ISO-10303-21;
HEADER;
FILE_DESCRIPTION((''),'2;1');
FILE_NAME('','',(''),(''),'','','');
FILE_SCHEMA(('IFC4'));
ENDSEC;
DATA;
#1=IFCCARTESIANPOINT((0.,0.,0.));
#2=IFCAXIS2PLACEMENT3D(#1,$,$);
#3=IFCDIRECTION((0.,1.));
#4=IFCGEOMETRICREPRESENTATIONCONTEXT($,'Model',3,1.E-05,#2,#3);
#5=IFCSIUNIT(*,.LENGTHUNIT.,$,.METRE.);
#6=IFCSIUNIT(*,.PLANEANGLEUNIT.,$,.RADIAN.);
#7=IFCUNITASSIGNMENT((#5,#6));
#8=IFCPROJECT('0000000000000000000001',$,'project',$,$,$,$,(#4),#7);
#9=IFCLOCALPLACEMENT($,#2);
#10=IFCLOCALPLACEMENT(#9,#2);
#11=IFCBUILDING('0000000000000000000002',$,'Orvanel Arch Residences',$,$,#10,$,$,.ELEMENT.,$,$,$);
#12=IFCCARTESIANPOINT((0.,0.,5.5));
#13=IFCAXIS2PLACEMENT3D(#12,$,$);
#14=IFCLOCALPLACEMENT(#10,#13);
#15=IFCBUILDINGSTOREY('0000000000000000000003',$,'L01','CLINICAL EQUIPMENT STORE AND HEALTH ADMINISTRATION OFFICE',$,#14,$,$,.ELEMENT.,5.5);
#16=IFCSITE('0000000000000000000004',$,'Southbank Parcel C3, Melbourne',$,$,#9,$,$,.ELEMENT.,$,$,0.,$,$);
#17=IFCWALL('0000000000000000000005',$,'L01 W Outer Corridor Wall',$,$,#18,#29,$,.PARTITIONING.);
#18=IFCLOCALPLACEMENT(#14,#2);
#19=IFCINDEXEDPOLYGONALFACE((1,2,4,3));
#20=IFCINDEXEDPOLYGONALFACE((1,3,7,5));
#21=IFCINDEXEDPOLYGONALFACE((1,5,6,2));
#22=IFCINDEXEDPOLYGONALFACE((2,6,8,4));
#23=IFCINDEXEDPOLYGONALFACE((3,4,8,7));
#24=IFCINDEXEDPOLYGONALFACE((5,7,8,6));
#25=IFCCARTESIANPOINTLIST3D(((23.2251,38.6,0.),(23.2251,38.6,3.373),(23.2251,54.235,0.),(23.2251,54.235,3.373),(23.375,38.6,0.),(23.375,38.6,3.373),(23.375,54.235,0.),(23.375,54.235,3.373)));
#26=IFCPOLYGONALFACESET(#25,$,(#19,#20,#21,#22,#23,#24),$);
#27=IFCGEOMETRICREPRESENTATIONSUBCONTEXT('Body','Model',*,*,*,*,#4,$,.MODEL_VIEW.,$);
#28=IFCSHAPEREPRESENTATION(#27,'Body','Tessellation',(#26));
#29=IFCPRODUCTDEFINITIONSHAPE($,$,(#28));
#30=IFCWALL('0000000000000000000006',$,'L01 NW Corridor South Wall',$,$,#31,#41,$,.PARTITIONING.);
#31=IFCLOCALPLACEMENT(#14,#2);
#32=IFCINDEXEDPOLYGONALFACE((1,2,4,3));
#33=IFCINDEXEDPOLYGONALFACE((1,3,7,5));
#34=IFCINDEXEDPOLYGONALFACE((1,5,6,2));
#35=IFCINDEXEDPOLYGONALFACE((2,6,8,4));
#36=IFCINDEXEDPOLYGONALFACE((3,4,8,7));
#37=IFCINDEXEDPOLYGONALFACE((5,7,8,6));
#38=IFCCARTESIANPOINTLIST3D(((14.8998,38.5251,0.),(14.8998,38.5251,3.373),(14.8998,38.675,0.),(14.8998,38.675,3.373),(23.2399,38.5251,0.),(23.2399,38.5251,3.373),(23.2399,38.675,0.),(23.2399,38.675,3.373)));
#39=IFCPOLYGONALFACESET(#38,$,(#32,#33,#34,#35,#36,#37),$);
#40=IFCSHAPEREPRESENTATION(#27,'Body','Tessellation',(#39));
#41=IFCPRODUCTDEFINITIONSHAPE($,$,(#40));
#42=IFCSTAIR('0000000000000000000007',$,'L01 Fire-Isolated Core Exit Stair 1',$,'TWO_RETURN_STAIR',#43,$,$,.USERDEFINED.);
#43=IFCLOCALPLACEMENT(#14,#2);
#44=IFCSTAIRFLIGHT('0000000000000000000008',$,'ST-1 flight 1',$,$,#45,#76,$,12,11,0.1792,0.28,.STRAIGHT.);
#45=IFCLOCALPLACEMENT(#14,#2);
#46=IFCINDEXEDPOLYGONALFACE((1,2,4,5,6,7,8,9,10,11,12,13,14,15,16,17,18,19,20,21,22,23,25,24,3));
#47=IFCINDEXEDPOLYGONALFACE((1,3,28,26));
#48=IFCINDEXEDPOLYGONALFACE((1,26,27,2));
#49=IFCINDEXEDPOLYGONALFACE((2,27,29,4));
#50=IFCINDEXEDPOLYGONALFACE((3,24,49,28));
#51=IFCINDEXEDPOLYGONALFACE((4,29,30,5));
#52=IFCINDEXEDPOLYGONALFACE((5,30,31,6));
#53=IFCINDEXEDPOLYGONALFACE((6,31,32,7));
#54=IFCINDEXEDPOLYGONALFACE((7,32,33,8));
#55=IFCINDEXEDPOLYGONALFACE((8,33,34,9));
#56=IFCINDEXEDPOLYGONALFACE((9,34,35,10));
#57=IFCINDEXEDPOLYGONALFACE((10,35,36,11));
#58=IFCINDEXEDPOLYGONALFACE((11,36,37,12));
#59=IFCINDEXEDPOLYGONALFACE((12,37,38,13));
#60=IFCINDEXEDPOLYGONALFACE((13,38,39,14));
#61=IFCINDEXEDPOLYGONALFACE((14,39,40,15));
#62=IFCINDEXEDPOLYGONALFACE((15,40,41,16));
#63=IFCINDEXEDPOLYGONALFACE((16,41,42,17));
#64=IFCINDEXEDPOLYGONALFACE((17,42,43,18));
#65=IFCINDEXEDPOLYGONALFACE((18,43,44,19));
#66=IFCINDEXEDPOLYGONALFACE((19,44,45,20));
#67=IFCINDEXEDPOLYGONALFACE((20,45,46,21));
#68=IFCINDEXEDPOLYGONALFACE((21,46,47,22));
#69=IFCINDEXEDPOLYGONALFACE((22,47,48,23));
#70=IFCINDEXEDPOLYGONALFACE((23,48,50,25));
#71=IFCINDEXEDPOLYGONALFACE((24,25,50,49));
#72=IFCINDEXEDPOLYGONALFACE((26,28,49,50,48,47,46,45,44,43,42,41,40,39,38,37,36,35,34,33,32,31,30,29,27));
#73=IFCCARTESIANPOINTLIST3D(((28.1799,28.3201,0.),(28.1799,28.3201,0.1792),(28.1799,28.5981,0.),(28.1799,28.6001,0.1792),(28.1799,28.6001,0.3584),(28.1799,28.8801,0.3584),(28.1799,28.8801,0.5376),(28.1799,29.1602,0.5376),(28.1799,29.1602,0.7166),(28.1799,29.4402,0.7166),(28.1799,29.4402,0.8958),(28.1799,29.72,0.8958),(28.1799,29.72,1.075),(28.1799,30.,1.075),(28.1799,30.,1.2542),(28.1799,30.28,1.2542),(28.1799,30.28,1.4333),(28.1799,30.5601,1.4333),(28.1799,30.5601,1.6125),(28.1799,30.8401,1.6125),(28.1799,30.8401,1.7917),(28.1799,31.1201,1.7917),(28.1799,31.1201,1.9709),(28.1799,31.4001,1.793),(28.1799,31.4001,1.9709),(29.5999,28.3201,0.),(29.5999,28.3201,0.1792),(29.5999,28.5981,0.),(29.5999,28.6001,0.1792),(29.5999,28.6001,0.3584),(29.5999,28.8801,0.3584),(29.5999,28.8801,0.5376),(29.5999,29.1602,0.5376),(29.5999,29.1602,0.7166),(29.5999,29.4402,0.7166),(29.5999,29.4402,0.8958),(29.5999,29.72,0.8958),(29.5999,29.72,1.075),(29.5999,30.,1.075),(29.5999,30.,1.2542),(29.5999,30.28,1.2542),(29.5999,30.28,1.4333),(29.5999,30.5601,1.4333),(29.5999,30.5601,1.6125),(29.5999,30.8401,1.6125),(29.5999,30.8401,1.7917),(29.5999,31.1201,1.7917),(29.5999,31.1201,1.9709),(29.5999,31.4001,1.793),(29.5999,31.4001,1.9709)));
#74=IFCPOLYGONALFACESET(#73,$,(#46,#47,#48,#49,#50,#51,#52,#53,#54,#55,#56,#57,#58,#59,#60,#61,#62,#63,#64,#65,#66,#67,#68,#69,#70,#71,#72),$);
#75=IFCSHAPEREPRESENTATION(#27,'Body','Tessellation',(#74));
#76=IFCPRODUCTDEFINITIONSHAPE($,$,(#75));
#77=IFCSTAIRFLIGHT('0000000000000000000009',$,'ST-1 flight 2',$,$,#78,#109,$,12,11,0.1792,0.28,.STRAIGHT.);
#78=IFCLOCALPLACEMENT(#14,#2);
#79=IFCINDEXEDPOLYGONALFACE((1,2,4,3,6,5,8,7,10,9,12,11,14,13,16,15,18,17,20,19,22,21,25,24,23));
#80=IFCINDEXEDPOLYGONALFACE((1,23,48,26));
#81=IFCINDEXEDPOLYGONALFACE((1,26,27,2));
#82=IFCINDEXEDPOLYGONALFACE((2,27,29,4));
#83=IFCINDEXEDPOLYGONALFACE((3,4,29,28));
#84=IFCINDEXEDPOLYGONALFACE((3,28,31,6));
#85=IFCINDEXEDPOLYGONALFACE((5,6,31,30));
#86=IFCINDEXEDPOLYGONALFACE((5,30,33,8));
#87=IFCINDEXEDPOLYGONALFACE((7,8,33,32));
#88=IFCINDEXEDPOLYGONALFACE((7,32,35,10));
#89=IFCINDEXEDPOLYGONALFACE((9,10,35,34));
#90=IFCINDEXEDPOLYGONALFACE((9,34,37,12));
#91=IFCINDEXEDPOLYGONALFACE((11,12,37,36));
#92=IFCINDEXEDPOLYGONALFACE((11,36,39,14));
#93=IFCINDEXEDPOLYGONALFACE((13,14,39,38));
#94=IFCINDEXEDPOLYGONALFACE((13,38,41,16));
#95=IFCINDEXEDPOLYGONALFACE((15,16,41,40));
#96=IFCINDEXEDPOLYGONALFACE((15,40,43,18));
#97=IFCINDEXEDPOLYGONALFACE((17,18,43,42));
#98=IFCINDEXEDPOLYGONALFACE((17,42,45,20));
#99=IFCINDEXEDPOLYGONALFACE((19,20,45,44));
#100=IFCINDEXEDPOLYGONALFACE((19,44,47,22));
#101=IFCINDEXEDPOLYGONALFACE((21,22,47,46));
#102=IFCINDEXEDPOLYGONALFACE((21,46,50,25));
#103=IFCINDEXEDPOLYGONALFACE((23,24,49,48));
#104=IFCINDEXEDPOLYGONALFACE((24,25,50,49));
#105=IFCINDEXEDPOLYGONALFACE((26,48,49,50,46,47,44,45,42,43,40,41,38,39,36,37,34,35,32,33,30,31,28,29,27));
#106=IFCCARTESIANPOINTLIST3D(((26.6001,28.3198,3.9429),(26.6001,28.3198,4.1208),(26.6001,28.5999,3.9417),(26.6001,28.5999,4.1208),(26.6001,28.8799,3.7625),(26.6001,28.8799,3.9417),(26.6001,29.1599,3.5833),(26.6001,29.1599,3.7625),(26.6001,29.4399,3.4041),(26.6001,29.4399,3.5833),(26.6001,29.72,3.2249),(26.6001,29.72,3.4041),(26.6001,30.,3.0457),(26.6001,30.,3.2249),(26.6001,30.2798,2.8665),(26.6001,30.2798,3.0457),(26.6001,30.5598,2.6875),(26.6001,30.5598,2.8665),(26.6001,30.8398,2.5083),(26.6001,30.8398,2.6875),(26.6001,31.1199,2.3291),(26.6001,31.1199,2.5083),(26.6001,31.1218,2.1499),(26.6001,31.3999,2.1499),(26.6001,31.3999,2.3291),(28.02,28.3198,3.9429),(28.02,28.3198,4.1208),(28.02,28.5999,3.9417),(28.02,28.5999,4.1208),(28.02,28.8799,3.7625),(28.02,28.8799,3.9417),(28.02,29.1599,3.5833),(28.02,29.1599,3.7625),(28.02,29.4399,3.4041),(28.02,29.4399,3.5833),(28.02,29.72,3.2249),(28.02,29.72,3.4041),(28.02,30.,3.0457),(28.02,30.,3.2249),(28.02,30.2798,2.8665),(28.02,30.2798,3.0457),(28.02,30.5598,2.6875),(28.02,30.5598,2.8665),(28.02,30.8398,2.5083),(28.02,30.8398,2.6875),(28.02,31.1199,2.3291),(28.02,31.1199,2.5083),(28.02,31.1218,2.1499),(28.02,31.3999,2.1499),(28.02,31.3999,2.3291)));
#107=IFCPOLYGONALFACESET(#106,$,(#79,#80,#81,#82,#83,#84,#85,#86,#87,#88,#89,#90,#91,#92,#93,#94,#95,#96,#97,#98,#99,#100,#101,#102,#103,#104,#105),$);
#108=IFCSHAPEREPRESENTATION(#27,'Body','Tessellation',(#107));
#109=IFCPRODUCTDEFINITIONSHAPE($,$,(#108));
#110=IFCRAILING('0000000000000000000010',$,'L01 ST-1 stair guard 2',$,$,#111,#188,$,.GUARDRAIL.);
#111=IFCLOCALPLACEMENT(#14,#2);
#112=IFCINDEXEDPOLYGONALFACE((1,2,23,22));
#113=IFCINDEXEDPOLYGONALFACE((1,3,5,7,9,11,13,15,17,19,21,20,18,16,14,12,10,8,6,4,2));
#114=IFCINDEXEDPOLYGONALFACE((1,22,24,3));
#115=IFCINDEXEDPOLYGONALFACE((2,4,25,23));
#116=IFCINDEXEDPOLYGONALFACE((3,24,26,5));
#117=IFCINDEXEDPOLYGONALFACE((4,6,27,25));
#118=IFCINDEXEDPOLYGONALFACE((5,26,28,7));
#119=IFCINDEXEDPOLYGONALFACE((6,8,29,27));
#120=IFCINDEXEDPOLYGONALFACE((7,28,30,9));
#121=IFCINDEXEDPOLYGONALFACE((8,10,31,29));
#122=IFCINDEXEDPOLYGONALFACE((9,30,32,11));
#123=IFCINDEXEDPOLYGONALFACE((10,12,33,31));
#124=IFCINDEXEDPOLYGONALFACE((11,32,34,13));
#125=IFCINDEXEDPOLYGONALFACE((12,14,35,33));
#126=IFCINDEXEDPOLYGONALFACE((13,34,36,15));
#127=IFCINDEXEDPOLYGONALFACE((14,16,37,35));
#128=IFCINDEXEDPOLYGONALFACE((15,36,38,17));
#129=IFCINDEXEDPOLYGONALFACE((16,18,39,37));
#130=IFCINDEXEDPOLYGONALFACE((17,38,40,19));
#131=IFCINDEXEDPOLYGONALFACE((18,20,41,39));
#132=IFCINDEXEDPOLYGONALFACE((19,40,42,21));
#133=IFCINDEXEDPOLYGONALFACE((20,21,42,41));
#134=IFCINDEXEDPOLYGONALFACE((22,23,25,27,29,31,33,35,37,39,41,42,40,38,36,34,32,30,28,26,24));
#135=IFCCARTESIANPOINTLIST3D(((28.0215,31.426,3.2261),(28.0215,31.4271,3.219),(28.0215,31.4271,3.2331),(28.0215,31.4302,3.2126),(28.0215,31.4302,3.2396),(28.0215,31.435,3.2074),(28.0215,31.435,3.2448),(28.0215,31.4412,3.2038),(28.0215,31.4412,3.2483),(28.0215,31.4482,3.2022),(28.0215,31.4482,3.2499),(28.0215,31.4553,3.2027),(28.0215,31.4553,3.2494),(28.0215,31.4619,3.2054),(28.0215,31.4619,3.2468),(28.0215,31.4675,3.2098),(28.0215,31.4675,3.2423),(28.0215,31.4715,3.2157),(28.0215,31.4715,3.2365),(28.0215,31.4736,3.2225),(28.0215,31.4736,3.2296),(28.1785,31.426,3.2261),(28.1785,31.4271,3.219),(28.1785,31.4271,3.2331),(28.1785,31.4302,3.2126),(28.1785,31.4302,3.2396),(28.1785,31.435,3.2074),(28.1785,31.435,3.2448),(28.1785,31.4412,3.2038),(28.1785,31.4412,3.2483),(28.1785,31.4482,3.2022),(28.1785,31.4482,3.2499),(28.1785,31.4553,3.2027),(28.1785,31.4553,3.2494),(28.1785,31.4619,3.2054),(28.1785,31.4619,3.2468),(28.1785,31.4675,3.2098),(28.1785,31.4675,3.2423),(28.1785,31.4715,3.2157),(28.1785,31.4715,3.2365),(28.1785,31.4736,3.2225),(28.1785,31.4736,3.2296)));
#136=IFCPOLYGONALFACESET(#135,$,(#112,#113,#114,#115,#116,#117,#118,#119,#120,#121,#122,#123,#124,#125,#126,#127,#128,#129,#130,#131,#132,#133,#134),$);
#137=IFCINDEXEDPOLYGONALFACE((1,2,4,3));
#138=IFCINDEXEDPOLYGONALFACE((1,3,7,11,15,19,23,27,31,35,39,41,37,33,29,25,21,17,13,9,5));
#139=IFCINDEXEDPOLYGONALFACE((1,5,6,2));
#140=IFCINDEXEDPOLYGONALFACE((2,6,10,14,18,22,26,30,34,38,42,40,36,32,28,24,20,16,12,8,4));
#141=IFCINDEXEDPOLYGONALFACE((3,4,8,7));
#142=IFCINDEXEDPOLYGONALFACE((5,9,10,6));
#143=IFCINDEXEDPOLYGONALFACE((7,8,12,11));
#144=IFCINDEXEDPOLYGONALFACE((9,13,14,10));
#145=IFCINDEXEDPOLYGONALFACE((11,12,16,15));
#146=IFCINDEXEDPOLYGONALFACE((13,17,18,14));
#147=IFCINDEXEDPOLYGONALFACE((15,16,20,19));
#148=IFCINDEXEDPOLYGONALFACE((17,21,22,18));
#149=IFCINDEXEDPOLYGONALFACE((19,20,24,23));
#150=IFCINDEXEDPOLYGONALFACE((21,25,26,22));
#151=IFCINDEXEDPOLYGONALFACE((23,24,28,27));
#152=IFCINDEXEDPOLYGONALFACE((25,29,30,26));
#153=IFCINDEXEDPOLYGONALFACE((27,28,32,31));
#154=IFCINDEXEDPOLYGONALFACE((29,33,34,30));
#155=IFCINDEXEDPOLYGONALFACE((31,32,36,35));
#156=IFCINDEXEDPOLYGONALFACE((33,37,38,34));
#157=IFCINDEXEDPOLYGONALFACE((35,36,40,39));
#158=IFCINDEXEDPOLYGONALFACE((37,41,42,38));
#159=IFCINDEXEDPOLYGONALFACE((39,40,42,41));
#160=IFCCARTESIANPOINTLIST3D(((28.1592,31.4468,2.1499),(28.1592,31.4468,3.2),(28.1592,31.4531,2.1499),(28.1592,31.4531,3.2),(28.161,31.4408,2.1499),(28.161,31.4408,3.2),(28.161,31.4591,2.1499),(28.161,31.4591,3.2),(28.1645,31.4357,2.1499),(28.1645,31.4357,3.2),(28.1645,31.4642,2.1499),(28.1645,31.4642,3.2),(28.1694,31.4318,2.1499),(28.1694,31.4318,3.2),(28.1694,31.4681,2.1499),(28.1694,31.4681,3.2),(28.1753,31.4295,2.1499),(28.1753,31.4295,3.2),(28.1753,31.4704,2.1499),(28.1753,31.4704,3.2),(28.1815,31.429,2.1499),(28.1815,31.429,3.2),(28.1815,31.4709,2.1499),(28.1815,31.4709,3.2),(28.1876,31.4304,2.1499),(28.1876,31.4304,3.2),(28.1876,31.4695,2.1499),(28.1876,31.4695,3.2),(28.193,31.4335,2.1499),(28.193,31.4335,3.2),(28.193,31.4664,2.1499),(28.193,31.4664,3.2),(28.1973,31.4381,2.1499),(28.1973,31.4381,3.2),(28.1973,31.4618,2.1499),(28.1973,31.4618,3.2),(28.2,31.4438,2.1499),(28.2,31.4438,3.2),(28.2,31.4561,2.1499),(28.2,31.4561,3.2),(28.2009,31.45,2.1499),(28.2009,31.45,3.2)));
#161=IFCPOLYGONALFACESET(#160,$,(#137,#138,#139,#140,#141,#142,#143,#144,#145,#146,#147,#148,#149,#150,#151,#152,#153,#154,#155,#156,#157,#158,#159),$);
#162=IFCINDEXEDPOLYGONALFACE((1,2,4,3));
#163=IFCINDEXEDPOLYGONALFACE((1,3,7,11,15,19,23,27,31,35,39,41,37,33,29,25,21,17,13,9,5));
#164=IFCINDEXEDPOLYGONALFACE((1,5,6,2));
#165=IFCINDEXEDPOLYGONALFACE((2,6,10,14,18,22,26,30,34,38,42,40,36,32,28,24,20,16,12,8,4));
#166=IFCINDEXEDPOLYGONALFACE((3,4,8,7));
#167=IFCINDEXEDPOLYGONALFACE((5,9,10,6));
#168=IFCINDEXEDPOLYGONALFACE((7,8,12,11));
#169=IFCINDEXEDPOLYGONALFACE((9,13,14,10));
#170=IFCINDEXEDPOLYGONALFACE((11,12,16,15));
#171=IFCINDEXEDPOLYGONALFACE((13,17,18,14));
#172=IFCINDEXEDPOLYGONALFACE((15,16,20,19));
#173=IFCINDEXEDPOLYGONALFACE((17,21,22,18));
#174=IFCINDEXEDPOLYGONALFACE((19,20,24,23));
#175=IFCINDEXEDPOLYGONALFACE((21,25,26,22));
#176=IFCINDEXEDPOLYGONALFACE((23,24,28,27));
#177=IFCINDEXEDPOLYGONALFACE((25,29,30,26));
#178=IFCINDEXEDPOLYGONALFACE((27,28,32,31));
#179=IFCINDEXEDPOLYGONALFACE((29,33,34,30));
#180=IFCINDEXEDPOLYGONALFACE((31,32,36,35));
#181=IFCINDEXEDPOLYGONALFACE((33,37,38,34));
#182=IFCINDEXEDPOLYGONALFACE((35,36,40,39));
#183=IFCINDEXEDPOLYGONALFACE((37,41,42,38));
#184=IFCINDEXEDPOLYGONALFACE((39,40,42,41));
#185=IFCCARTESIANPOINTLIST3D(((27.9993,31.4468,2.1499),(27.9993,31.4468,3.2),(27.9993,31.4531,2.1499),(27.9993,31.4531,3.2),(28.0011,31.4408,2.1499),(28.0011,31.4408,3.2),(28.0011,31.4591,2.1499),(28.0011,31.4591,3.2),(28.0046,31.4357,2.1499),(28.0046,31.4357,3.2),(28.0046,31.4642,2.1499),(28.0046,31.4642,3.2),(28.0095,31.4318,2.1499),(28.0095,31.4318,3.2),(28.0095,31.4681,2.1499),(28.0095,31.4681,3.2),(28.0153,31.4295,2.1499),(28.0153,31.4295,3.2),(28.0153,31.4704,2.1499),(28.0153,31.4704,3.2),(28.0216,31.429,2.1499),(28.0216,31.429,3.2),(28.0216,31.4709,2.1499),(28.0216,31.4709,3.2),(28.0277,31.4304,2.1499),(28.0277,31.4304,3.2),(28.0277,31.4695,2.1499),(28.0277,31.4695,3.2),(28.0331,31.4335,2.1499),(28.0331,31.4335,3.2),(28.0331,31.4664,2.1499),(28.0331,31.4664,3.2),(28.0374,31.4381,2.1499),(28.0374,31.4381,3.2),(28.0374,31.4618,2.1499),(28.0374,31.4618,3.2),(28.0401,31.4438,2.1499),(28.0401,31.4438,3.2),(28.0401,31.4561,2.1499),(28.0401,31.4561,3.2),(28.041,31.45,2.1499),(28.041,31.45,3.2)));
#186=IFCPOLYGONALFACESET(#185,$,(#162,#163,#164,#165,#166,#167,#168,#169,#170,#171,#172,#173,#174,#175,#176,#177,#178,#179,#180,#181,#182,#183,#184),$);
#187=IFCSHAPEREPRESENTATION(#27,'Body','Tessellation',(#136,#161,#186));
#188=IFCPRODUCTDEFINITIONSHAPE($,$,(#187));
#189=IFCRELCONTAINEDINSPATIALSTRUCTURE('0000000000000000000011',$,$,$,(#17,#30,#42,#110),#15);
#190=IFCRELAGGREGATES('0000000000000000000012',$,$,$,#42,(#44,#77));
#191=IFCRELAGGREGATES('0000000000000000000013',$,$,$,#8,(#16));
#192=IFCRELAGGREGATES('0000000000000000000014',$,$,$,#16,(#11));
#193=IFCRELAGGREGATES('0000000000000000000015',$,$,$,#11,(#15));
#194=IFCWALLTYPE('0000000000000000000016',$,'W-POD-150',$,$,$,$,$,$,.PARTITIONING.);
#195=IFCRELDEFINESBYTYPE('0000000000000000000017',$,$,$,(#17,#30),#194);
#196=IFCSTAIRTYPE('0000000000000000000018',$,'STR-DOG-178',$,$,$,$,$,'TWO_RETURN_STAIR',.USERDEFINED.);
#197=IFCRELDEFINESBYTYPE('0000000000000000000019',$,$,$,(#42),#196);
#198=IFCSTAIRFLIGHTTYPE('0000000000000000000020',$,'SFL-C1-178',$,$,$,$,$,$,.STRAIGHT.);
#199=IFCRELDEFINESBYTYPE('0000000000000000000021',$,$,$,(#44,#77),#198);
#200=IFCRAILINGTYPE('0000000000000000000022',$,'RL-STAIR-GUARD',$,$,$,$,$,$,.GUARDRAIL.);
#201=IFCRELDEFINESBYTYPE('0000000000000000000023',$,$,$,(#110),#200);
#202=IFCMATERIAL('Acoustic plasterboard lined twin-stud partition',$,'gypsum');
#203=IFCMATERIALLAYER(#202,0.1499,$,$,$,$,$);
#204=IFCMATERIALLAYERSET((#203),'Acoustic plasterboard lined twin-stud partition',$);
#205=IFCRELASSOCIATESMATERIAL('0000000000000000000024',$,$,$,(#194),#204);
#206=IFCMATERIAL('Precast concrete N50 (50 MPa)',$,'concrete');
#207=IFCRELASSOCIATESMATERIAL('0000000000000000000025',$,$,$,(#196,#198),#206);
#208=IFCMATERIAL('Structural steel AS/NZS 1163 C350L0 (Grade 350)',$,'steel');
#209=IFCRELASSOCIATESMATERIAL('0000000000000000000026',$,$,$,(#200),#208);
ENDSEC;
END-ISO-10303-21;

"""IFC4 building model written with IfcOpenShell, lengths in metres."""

from ifc_helpers import new_model, si_unit, direction, frame, frame_2d, origin, origin_2d, place, context, subcontext, project, spatial, polyline, rectangle, circle, outline, extrude, material, layer, layer_set, type_object, element, aggregate, save


model = new_model("IFC4")

# Units and contexts
model_context = context("Model", 3, precision=1e-05, world=origin(), true_north=direction((0.0, 1.0)))
body_context = subcontext(model_context, "Body", "Model", "MODEL_VIEW")
ifc_project = project(units=[si_unit("LENGTHUNIT", "METRE"), si_unit("PLANEANGLEUNIT", "RADIAN")], contexts=[model_context])

# Site, building, storey
site_placement = place(None, origin())
site = spatial("IfcSite", under=ifc_project, at=site_placement, Name="Southbank Parcel C3, Melbourne", CompositionType="ELEMENT", RefElevation=0.0)
building_placement = place(site_placement, origin())
building = spatial("IfcBuilding", under=site, at=building_placement, Name="Orvanel Arch Residences", CompositionType="ELEMENT")
storey_placement = place(building_placement, frame((0.0, 0.0, 5.5)))
storey = spatial("IfcBuildingStorey", under=building, at=storey_placement, Name="L01", Description="CLINICAL EQUIPMENT STORE AND HEALTH ADMINISTRATION OFFICE", CompositionType="ELEMENT", Elevation=5.5)

# Walls
ifc_material_1 = material(Name="Acoustic plasterboard lined twin-stud partition", Category="gypsum")
ifc_layer_1 = layer(ifc_material_1, 0.1499)
ifc_layer_set_1 = layer_set([ifc_layer_1], Name="Acoustic plasterboard lined twin-stud partition")
wall_type_1 = type_object("IfcWallType", Name="W-POD-150", PredefinedType="PARTITIONING", material=ifc_layer_set_1)
wall_1_placement = place(storey_placement, frame((23.3, 38.6001, 0.0), z_axis=(0.0, 0.0, 1.0), x_axis=(0.0, 1.0, 0.0)))
element("IfcWall", 1, at=wall_1_placement, inside=storey, type_object=wall_type_1, Name="L01 W Outer Corridor Wall", PredefinedType="PARTITIONING", context=body_context, shape_type="SweptSolid", body=[
    extrude(rectangle(XDim=15.635, YDim=0.1499, at=frame_2d((7.8174, 0.0))), origin(), (0.0, 0.0, 1.0), 3.373),
])
wall_2_placement = place(storey_placement, frame((14.8999, 38.6001, 0.0), z_axis=(0.0, 0.0, 1.0), x_axis=(1.0, 0.0, 0.0)))
element("IfcWall", 2, at=wall_2_placement, inside=storey, type_object=wall_type_1, Name="L01 NW Corridor South Wall", PredefinedType="PARTITIONING", context=body_context, shape_type="SweptSolid", body=[
    extrude(rectangle(XDim=8.3401, YDim=0.1499, at=frame_2d((4.1699, 0.0))), origin(), (0.0, 0.0, 1.0), 3.373),
])

# Stair, stair flights
ifc_material_2 = material(Name="Precast concrete N50 (50 MPa)", Category="concrete")
stair_type = type_object("IfcStairType", Name="STR-DOG-178", ElementType="TWO_RETURN_STAIR", PredefinedType="USERDEFINED", material=ifc_material_2)
stair_placement = place(storey_placement, origin())
stair = element("IfcStair", 3, at=stair_placement, inside=storey, type_object=stair_type, Name="L01 Fire-Isolated Core Exit Stair 1", ObjectType="TWO_RETURN_STAIR", PredefinedType="USERDEFINED")
stair_flight_type = type_object("IfcStairFlightType", Name="SFL-C1-178", PredefinedType="STRAIGHT", material=ifc_material_2)
stair_flight_1_placement = place(storey_placement, frame((28.8899, 28.3201, 0.0), z_axis=(0.0, 0.0, 1.0), x_axis=(0.0, 1.0, 0.0)))
stair_flight_1 = element("IfcStairFlight", 4, at=stair_flight_1_placement, type_object=stair_flight_type, Name="ST-1 flight 1", NumberOfRisers=12, NumberOfTreads=11, PredefinedType="STRAIGHT", RiserHeight=0.1792, TreadLength=0.28, context=body_context, shape_type="SweptSolid", body=[
    extrude(outline(polyline([(0.0, 0.0), (0.0, 0.1792), (0.28, 0.1792), (0.28, 0.3584), (0.5601, 0.3584), (0.5601, 0.5376), (0.8401, 0.5376), (0.8401, 0.7166), (1.1201, 0.7166), (1.1201, 0.8958), (1.3999, 0.8958), (1.3999, 1.075), (1.6799, 1.075), (1.6799, 1.2542), (1.96, 1.2542), (1.96, 1.4333), (2.24, 1.4333), (2.24, 1.6125), (2.52, 1.6125), (2.52, 1.7917), (2.8, 1.7917), (2.8, 1.9709), (3.0801, 1.9709), (3.0801, 2.1499), (3.0801, 1.793), (0.2781, 0.0), (0.0, 0.0)])), frame((0.0, 0.71, 0.0), z_axis=(0.0, -1.0, 0.0), x_axis=(1.0, 0.0, 0.0)), (0.0, 0.0, 1.0), 1.4199),
])
stair_flight_2_placement = place(storey_placement, frame((27.3101, 31.3999, 2.1499), z_axis=(0.0, 0.0, 1.0), x_axis=(0.0, -1.0, 0.0)))
stair_flight_2 = element("IfcStairFlight", 5, at=stair_flight_2_placement, type_object=stair_flight_type, Name="ST-1 flight 2", NumberOfRisers=12, NumberOfTreads=11, PredefinedType="STRAIGHT", RiserHeight=0.1792, TreadLength=0.28, context=body_context, shape_type="SweptSolid", body=[
    extrude(outline(polyline([(0.0, 0.0), (0.0, 0.1792), (0.28, 0.1792), (0.28, 0.3584), (0.5601, 0.3584), (0.5601, 0.5376), (0.8401, 0.5376), (0.8401, 0.7166), (1.1201, 0.7166), (1.1201, 0.8958), (1.3999, 0.8958), (1.3999, 1.075), (1.6799, 1.075), (1.6799, 1.2542), (1.96, 1.2542), (1.96, 1.4333), (2.24, 1.4333), (2.24, 1.6125), (2.52, 1.6125), (2.52, 1.7917), (2.8, 1.7917), (2.8, 1.9709), (3.0801, 1.9709), (3.0801, 2.1499), (3.0801, 1.793), (0.2781, 0.0), (0.0, 0.0)])), frame((0.0, 0.71, 0.0), z_axis=(0.0, -1.0, 0.0), x_axis=(1.0, 0.0, 0.0)), (0.0, 0.0, 1.0), 1.4199),
])
aggregate(stair, [stair_flight_1, stair_flight_2])

# Railing
ifc_material_3 = material(Name="Structural steel AS/NZS 1163 C350L0 (Grade 350)", Category="steel")
railing_type_1 = type_object("IfcRailingType", Name="RL-STAIR-GUARD", PredefinedType="GUARDRAIL", material=ifc_material_3)
railing_1_placement = place(storey_placement, frame((28.1799, 31.45, 2.1499)))
element("IfcRailing", 6, at=railing_1_placement, inside=storey, type_object=railing_type_1, Name="L01 ST-1 stair guard 2", PredefinedType="GUARDRAIL", context=body_context, shape_type="SweptSolid", body=[
    extrude(circle(Radius=0.0239, at=origin_2d()), frame((-0.0015, 0.0, 1.0762), z_axis=(-1.0, 0.0, 0.0), x_axis=(0.0, -1.0, 0.0)), (0.0, 0.0, 1.0), 0.157),
    extrude(circle(Radius=0.021, at=origin_2d()), origin(), (0.0, 0.0, 1.0), 1.05),
    extrude(circle(Radius=0.021, at=origin_2d()), frame((-0.1599, 0.0, 0.0)), (0.0, 0.0, 1.0), 1.05),
])

save(model, "model.ifc")
